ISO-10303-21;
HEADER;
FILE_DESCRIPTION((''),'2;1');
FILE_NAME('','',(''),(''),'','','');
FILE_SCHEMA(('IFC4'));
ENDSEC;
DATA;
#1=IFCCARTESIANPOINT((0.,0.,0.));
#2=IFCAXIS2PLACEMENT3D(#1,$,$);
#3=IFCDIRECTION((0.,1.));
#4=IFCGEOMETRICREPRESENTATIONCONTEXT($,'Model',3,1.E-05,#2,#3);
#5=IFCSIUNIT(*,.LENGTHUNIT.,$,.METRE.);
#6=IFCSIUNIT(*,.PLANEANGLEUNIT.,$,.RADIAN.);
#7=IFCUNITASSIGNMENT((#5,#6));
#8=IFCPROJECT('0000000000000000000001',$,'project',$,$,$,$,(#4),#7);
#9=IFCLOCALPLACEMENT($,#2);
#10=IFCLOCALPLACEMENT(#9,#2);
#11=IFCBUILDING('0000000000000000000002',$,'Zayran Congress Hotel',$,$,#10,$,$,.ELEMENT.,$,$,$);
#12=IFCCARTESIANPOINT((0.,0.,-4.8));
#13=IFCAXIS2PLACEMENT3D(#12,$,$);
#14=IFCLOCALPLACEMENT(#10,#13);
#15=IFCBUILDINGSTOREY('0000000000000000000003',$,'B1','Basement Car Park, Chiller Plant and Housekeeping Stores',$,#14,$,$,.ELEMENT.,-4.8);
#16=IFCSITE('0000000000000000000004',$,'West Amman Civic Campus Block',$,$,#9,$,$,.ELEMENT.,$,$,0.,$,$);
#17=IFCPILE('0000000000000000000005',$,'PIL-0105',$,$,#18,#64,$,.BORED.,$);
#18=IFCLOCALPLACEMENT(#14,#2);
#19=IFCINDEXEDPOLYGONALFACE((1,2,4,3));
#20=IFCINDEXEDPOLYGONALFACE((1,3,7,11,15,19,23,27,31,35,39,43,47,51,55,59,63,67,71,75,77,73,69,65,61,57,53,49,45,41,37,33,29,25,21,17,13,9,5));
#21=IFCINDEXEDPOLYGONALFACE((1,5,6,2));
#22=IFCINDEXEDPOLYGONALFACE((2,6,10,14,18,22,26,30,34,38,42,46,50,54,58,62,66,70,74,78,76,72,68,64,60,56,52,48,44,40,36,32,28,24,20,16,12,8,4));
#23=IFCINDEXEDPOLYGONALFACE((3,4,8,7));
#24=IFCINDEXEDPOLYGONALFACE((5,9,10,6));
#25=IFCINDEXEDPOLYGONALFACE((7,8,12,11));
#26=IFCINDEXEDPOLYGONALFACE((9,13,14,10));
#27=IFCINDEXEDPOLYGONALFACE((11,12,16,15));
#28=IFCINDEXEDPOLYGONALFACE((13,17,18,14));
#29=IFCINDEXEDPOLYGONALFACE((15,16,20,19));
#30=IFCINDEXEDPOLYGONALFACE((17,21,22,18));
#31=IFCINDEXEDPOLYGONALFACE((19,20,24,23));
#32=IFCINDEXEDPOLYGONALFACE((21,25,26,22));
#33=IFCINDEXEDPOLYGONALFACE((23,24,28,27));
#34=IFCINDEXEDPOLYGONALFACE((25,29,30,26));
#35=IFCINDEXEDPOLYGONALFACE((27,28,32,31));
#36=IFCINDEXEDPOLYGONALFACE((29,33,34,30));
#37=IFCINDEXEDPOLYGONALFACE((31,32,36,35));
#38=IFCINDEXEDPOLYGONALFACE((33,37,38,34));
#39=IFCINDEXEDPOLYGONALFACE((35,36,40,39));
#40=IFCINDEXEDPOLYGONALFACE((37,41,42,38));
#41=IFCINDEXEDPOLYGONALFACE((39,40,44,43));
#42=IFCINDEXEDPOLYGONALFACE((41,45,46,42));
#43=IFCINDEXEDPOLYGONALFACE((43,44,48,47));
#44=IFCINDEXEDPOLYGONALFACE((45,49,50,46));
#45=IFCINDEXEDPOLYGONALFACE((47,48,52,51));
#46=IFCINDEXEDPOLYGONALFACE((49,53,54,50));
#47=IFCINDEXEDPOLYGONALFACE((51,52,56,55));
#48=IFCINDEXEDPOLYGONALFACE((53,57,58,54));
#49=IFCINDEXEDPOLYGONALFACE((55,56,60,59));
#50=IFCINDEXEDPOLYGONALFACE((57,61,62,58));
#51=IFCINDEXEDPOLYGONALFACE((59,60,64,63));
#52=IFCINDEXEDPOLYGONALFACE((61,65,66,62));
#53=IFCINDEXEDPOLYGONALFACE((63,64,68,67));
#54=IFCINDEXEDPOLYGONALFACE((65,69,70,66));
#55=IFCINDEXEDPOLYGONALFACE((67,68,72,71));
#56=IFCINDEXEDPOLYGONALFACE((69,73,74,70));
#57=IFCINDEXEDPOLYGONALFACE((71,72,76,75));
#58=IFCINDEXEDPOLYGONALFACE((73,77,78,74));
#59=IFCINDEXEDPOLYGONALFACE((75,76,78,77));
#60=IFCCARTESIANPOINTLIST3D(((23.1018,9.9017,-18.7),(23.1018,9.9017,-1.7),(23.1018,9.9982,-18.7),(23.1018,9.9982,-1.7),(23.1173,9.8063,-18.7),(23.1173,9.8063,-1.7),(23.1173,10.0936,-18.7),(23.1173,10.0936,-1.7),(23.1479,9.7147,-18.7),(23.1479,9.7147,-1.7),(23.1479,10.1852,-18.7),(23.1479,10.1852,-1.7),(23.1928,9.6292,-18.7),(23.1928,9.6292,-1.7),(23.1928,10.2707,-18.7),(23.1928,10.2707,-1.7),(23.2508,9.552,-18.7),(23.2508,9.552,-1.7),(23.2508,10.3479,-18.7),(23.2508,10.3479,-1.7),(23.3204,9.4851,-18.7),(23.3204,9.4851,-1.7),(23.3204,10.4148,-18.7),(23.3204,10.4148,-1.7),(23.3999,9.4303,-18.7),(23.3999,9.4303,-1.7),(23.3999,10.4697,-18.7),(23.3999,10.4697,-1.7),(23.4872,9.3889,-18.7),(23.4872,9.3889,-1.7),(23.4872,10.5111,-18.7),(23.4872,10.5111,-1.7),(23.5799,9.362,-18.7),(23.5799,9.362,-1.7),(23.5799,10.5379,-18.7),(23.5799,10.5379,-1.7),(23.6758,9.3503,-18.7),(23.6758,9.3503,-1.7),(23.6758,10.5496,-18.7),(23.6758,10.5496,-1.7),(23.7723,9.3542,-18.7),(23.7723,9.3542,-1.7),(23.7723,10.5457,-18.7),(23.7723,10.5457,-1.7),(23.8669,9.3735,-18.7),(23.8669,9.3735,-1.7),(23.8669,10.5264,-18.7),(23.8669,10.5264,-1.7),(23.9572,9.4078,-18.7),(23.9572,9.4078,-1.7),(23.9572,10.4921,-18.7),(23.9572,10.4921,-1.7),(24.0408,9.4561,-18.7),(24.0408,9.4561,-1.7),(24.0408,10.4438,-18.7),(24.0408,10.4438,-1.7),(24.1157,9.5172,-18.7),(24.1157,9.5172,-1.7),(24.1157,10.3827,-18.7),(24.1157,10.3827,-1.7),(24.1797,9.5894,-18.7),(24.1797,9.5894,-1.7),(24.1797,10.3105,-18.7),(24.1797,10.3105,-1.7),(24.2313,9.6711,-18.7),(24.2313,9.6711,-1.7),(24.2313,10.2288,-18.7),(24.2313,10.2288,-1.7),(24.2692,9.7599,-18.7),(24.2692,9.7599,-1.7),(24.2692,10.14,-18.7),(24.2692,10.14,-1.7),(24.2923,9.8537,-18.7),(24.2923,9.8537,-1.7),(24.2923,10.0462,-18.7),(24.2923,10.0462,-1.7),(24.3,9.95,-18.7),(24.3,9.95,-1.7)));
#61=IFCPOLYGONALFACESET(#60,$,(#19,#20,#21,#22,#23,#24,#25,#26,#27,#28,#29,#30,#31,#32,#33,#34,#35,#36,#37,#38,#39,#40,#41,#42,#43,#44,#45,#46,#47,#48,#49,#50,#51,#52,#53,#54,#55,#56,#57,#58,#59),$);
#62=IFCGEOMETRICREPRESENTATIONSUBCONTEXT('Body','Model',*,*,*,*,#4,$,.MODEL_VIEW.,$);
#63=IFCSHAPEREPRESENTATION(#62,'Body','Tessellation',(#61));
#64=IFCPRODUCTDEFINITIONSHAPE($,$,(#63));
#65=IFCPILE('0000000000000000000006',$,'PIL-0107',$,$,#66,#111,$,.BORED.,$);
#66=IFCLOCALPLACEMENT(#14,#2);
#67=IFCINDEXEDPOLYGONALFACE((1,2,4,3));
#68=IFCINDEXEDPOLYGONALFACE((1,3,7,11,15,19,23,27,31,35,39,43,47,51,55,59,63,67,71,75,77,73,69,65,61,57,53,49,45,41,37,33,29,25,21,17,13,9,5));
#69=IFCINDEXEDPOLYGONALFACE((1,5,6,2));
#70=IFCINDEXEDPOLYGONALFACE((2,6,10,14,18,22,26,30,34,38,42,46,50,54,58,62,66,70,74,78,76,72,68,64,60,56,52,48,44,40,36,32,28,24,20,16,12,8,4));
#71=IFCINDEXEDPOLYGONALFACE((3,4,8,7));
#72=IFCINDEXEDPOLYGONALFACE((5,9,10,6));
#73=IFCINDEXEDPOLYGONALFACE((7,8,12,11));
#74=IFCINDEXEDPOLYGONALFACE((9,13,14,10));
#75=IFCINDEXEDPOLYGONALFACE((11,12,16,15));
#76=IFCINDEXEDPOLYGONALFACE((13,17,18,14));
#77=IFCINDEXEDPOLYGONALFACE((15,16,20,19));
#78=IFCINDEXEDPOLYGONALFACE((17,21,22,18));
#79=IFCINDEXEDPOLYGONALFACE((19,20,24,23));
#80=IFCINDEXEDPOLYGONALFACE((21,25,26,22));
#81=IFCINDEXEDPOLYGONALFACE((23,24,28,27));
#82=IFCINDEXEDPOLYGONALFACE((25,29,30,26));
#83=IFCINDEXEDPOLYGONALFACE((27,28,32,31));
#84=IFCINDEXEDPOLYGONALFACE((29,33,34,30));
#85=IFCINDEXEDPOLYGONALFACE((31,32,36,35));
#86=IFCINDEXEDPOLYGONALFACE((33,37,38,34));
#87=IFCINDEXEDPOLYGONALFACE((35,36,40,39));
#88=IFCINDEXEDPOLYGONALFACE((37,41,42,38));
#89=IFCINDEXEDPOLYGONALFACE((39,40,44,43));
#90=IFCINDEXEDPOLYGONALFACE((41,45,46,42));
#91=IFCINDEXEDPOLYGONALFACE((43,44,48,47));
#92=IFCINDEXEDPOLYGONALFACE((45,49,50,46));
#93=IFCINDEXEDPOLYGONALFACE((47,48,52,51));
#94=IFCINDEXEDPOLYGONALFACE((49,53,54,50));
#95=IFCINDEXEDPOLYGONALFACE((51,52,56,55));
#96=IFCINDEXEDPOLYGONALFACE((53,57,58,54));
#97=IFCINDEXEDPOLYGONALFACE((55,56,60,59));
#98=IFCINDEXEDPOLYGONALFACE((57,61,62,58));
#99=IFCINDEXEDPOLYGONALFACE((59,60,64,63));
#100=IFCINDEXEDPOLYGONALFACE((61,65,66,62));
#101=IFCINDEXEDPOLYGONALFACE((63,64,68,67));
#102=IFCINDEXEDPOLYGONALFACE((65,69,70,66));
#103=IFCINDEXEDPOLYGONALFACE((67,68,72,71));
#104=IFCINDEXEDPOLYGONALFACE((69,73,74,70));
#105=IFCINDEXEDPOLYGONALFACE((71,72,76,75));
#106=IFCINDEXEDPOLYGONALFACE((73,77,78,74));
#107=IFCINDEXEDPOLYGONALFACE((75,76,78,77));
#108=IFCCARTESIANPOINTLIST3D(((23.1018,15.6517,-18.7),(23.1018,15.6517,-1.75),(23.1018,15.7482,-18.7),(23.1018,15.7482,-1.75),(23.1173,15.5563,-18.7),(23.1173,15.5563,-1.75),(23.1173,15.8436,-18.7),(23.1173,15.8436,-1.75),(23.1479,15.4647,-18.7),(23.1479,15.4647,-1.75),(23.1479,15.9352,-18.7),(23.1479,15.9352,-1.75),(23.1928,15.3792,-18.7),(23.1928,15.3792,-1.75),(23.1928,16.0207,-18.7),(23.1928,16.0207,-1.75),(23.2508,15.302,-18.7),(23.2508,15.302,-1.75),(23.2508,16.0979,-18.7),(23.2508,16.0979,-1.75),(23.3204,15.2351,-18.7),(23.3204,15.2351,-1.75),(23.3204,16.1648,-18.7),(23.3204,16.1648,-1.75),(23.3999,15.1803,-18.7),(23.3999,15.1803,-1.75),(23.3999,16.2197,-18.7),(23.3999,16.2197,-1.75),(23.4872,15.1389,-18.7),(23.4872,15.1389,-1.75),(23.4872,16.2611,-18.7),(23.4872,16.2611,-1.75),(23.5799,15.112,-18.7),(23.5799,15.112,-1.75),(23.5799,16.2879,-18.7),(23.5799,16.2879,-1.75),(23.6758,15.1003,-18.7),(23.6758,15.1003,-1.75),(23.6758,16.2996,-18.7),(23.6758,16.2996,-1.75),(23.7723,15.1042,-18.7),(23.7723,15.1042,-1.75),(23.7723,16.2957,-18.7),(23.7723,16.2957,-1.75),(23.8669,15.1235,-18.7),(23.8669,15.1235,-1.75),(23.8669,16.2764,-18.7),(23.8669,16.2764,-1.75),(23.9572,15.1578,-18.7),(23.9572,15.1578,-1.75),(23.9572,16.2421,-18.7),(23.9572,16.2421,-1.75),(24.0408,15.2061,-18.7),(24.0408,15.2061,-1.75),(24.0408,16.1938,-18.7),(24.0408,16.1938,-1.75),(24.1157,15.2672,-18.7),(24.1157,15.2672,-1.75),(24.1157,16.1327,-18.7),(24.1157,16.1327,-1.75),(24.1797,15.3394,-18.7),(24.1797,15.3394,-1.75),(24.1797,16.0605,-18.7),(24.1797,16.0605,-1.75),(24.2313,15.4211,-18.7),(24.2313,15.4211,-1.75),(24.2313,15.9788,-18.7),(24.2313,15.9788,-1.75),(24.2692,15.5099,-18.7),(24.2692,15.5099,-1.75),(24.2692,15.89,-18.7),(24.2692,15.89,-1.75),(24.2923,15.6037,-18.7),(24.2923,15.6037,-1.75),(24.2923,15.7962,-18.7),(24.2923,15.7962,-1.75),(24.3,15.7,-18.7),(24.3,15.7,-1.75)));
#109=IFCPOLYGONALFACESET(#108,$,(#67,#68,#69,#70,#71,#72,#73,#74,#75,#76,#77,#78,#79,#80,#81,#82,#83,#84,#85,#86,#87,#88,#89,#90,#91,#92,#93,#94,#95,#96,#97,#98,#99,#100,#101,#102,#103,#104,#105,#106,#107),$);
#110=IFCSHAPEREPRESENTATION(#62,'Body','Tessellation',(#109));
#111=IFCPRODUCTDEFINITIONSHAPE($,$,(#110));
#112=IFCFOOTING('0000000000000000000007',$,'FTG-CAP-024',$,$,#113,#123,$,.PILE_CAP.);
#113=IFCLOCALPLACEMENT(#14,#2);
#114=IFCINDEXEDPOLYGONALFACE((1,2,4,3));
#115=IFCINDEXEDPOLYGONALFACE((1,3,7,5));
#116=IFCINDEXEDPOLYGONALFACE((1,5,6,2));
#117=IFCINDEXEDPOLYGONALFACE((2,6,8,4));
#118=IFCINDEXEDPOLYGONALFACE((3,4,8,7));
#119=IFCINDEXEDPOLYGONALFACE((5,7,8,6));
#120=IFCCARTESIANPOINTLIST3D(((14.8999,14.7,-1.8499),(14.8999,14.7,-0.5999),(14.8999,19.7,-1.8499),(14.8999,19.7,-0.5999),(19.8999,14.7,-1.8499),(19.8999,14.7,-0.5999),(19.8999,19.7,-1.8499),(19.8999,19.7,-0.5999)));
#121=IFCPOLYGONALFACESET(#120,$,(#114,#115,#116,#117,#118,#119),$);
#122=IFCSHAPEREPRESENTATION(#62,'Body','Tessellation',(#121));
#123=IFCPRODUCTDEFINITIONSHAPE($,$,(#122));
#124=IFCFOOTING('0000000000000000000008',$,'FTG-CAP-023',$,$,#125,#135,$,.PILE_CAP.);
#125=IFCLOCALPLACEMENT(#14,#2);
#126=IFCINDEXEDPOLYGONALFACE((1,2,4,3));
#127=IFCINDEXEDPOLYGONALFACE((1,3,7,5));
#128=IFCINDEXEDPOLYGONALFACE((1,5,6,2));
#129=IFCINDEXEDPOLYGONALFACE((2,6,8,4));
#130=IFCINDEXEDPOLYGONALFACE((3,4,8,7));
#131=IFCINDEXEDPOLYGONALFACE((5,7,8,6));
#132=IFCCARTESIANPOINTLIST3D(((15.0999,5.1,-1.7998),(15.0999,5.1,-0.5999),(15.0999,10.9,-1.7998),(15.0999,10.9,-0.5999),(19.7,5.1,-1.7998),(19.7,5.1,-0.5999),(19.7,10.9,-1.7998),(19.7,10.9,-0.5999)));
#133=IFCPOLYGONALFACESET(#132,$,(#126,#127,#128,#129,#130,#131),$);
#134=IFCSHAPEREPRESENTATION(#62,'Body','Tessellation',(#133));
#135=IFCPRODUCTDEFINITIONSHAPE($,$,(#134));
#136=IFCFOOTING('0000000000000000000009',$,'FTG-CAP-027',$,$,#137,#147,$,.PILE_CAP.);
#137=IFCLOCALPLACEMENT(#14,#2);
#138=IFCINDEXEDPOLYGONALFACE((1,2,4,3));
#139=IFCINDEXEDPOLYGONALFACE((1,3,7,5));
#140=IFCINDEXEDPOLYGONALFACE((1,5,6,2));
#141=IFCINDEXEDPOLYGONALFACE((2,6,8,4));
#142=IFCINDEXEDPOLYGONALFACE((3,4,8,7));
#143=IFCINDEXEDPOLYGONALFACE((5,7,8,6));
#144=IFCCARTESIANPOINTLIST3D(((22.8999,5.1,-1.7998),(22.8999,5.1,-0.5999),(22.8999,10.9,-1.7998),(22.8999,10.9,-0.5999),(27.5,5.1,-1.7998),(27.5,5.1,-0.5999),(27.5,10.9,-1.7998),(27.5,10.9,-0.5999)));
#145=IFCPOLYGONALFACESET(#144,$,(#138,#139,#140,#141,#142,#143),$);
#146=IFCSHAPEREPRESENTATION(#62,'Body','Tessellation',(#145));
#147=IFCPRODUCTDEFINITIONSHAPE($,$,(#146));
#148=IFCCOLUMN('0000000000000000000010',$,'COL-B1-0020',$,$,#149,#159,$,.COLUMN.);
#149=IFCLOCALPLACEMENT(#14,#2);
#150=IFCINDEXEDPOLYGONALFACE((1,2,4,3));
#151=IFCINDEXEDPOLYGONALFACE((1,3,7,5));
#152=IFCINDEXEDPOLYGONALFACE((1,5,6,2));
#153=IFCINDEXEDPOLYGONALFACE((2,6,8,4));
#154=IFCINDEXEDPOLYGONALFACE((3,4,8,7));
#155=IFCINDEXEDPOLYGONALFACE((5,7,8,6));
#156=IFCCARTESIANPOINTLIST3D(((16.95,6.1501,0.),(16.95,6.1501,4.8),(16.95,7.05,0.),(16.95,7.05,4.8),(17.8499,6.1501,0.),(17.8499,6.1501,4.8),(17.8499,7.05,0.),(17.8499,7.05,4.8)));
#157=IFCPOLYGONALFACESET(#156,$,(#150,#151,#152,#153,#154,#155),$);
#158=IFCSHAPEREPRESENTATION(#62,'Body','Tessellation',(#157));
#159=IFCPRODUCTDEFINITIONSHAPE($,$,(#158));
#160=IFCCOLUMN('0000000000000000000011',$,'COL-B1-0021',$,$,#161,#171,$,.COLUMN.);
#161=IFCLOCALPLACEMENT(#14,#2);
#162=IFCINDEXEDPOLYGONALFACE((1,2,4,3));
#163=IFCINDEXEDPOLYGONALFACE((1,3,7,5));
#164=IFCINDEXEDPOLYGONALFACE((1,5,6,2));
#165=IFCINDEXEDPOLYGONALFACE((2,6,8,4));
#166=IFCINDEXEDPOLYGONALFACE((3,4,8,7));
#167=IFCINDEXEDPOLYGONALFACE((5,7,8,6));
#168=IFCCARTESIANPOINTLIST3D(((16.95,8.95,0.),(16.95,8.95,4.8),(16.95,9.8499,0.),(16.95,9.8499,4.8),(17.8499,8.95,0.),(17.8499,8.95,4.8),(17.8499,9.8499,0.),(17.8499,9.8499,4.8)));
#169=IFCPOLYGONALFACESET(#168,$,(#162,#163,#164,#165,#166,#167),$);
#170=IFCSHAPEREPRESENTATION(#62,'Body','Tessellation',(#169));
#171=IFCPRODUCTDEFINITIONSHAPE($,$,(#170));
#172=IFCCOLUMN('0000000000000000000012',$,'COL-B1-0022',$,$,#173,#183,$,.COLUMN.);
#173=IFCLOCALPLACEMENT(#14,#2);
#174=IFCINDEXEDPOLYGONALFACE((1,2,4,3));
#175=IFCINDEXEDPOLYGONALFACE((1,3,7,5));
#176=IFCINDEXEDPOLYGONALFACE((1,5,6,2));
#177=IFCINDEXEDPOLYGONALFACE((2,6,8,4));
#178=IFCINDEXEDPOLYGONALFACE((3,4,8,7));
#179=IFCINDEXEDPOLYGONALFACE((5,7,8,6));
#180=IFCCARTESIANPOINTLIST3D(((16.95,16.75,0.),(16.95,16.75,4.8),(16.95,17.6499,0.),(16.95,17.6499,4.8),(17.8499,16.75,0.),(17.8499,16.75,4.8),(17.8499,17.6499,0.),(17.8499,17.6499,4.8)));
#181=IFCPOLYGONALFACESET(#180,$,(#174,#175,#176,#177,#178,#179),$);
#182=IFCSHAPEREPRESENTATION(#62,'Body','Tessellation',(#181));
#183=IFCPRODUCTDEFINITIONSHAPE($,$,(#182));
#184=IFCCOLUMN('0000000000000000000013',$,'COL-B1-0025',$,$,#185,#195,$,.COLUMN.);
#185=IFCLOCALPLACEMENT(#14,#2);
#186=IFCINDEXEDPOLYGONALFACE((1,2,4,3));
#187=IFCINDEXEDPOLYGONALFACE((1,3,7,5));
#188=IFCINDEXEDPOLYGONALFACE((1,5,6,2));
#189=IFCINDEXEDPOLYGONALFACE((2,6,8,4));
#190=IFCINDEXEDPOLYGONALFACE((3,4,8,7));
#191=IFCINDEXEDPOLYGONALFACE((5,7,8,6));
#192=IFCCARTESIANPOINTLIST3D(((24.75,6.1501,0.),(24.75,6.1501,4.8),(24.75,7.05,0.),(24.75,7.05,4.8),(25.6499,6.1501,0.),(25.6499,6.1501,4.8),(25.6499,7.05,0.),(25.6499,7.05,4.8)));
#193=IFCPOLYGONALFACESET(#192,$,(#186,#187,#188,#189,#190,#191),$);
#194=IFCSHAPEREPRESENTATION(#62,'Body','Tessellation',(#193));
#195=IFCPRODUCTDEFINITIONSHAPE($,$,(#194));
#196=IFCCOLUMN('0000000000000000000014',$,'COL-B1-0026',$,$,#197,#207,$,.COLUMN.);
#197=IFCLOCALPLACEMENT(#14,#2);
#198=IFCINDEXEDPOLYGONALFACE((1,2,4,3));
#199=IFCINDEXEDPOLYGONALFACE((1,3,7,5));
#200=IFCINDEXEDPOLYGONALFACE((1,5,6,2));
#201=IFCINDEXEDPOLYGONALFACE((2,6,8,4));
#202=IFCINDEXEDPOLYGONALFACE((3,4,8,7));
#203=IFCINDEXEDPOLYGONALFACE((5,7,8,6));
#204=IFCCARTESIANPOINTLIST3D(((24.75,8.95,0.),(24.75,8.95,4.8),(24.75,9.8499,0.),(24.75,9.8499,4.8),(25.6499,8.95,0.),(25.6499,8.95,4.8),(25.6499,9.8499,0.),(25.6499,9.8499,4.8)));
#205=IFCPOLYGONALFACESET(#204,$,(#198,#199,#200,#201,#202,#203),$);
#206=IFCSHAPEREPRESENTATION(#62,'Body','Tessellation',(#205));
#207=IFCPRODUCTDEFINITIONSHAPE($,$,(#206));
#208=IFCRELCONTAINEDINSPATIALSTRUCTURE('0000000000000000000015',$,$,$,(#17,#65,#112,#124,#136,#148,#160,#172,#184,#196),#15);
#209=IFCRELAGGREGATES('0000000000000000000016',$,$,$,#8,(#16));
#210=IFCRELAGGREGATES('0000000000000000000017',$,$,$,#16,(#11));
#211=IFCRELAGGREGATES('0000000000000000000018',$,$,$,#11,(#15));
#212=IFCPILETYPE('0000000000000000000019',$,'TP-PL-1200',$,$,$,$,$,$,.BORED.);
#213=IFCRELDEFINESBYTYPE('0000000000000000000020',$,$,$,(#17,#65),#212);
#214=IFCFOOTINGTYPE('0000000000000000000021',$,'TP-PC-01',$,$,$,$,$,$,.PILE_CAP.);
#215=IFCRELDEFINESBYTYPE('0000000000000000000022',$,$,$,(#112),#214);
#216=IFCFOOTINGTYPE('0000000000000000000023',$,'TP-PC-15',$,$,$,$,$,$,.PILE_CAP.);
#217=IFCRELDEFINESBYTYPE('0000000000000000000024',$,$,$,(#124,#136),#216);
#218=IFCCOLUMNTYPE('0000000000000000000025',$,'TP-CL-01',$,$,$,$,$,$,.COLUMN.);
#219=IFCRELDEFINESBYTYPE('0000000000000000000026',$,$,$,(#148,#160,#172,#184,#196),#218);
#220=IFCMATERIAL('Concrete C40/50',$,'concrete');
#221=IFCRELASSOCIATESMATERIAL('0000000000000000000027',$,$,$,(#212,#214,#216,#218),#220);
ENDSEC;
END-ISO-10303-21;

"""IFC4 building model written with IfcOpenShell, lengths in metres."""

from ifc_helpers import new_model, si_unit, direction, frame, origin, origin_2d, place, context, subcontext, project, spatial, rectangle, circle, extrude, material, material_profile, profile_set, type_object, element, save


model = new_model("IFC4")

# Units and contexts
model_context = context("Model", 3, precision=1e-05, world=origin(), true_north=direction((0.0, 1.0)))
body_context = subcontext(model_context, "Body", "Model", "MODEL_VIEW")
ifc_project = project(units=[si_unit("LENGTHUNIT", "METRE"), si_unit("PLANEANGLEUNIT", "RADIAN")], contexts=[model_context])

# Site, building, storey
site_placement = place(None, origin())
site = spatial("IfcSite", under=ifc_project, at=site_placement, Name="West Amman Civic Campus Block", CompositionType="ELEMENT", RefElevation=0.0)
building_placement = place(site_placement, origin())
building = spatial("IfcBuilding", under=site, at=building_placement, Name="Zayran Congress Hotel", CompositionType="ELEMENT")
storey_placement = place(building_placement, frame((0.0, 0.0, -4.8)))
storey = spatial("IfcBuildingStorey", under=building, at=storey_placement, Name="B1", Description="Basement Car Park, Chiller Plant and Housekeeping Stores", CompositionType="ELEMENT", Elevation=-4.8)

# Piles
ifc_material_1 = material(Name="Concrete C40/50", Category="concrete")
ifc_material_profile_1 = material_profile(ifc_material_1, circle(Radius=0.6001, at=origin_2d()), Name="PILE D1200")
ifc_profile_set_1 = profile_set([ifc_material_profile_1], Name="Concrete C40/50")
pile_type = type_object("IfcPileType", Name="TP-PL-1200", PredefinedType="BORED", material=ifc_profile_set_1)
for number, where, z_axis, x_axis, name in (
    (1, (23.7, 9.95, -1.7), (0.0, 0.0, -1.0), (1.0, 0.0, 0.0), "PIL-0105"),
):
    element("IfcPile", number, at=place(storey_placement, frame(where, z_axis=z_axis, x_axis=x_axis)), inside=storey, type_object=pile_type, Name=name, PredefinedType="BORED", context=body_context, shape_type="SweptSolid", body=[
        extrude(circle(Radius=0.6001, at=origin_2d()), origin(), (0.0, 0.0, 1.0), 17.0),
    ])
pile_placement = place(storey_placement, frame((23.7, 15.7, -1.75), z_axis=(0.0, 0.0, -1.0), x_axis=(1.0, 0.0, 0.0)))
element("IfcPile", 2, at=pile_placement, inside=storey, type_object=pile_type, Name="PIL-0107", PredefinedType="BORED", context=body_context, shape_type="SweptSolid", body=[
    extrude(circle(Radius=0.6001, at=origin_2d()), origin(), (0.0, 0.0, 1.0), 16.95),
])

# Footings
footing_type_1 = type_object("IfcFootingType", Name="TP-PC-01", PredefinedType="PILE_CAP", material=ifc_material_1)
footing_placement = place(storey_placement, frame((17.3999, 17.2, -1.8499), z_axis=(0.0, 0.0, 1.0), x_axis=(1.0, 0.0, 0.0)))
element("IfcFooting", 3, at=footing_placement, inside=storey, type_object=footing_type_1, Name="FTG-CAP-024", PredefinedType="PILE_CAP", context=body_context, shape_type="SweptSolid", body=[
    extrude(rectangle(XDim=5.0, YDim=5.0, at=origin_2d()), origin(), (0.0, 0.0, 1.0), 1.25),
])
footing_type_2 = type_object("IfcFootingType", Name="TP-PC-15", PredefinedType="PILE_CAP", material=ifc_material_1)
for number, where, z_axis, x_axis, name in (
    (4, (17.3999, 8.0, -1.7998), (0.0, 0.0, 1.0), (1.0, 0.0, 0.0), "FTG-CAP-023"),
    (5, (25.2, 8.0, -1.7998), (0.0, 0.0, 1.0), (1.0, 0.0, 0.0), "FTG-CAP-027"),
):
    element("IfcFooting", number, at=place(storey_placement, frame(where, z_axis=z_axis, x_axis=x_axis)), inside=storey, type_object=footing_type_2, Name=name, PredefinedType="PILE_CAP", context=body_context, shape_type="SweptSolid", body=[
        extrude(rectangle(XDim=4.6001, YDim=5.8, at=origin_2d()), origin(), (0.0, 0.0, 1.0), 1.2),
    ])

# Columns
ifc_material_profile_2 = material_profile(ifc_material_1, rectangle(XDim=0.8999, YDim=0.8999, at=origin_2d()), Name="RC 900x900")
ifc_profile_set_2 = profile_set([ifc_material_profile_2], Name="Concrete C40/50")
column_type = type_object("IfcColumnType", Name="TP-CL-01", PredefinedType="COLUMN", material=ifc_profile_set_2)
for number, where, z_axis, x_axis, name in (
    (6, (17.3999, 6.6001, 0.0), (0.0, 0.0, 1.0), (1.0, 0.0, 0.0), "COL-B1-0020"),
    (7, (17.3999, 9.3999, 0.0), (0.0, 0.0, 1.0), (1.0, 0.0, 0.0), "COL-B1-0021"),
    (8, (17.3999, 17.2, 0.0), (0.0, 0.0, 1.0), (1.0, 0.0, 0.0), "COL-B1-0022"),
    (9, (25.2, 6.6001, 0.0), (0.0, 0.0, 1.0), (1.0, 0.0, 0.0), "COL-B1-0025"),
    (10, (25.2, 9.3999, 0.0), (0.0, 0.0, 1.0), (1.0, 0.0, 0.0), "COL-B1-0026"),
):
    element("IfcColumn", number, at=place(storey_placement, frame(where, z_axis=z_axis, x_axis=x_axis)), inside=storey, type_object=column_type, Name=name, PredefinedType="COLUMN", context=body_context, shape_type="SweptSolid", body=[
        extrude(rectangle(XDim=0.8999, YDim=0.8999, at=origin_2d()), origin(), (0.0, 0.0, 1.0), 4.8),
    ])

save(model, "model.ifc")
